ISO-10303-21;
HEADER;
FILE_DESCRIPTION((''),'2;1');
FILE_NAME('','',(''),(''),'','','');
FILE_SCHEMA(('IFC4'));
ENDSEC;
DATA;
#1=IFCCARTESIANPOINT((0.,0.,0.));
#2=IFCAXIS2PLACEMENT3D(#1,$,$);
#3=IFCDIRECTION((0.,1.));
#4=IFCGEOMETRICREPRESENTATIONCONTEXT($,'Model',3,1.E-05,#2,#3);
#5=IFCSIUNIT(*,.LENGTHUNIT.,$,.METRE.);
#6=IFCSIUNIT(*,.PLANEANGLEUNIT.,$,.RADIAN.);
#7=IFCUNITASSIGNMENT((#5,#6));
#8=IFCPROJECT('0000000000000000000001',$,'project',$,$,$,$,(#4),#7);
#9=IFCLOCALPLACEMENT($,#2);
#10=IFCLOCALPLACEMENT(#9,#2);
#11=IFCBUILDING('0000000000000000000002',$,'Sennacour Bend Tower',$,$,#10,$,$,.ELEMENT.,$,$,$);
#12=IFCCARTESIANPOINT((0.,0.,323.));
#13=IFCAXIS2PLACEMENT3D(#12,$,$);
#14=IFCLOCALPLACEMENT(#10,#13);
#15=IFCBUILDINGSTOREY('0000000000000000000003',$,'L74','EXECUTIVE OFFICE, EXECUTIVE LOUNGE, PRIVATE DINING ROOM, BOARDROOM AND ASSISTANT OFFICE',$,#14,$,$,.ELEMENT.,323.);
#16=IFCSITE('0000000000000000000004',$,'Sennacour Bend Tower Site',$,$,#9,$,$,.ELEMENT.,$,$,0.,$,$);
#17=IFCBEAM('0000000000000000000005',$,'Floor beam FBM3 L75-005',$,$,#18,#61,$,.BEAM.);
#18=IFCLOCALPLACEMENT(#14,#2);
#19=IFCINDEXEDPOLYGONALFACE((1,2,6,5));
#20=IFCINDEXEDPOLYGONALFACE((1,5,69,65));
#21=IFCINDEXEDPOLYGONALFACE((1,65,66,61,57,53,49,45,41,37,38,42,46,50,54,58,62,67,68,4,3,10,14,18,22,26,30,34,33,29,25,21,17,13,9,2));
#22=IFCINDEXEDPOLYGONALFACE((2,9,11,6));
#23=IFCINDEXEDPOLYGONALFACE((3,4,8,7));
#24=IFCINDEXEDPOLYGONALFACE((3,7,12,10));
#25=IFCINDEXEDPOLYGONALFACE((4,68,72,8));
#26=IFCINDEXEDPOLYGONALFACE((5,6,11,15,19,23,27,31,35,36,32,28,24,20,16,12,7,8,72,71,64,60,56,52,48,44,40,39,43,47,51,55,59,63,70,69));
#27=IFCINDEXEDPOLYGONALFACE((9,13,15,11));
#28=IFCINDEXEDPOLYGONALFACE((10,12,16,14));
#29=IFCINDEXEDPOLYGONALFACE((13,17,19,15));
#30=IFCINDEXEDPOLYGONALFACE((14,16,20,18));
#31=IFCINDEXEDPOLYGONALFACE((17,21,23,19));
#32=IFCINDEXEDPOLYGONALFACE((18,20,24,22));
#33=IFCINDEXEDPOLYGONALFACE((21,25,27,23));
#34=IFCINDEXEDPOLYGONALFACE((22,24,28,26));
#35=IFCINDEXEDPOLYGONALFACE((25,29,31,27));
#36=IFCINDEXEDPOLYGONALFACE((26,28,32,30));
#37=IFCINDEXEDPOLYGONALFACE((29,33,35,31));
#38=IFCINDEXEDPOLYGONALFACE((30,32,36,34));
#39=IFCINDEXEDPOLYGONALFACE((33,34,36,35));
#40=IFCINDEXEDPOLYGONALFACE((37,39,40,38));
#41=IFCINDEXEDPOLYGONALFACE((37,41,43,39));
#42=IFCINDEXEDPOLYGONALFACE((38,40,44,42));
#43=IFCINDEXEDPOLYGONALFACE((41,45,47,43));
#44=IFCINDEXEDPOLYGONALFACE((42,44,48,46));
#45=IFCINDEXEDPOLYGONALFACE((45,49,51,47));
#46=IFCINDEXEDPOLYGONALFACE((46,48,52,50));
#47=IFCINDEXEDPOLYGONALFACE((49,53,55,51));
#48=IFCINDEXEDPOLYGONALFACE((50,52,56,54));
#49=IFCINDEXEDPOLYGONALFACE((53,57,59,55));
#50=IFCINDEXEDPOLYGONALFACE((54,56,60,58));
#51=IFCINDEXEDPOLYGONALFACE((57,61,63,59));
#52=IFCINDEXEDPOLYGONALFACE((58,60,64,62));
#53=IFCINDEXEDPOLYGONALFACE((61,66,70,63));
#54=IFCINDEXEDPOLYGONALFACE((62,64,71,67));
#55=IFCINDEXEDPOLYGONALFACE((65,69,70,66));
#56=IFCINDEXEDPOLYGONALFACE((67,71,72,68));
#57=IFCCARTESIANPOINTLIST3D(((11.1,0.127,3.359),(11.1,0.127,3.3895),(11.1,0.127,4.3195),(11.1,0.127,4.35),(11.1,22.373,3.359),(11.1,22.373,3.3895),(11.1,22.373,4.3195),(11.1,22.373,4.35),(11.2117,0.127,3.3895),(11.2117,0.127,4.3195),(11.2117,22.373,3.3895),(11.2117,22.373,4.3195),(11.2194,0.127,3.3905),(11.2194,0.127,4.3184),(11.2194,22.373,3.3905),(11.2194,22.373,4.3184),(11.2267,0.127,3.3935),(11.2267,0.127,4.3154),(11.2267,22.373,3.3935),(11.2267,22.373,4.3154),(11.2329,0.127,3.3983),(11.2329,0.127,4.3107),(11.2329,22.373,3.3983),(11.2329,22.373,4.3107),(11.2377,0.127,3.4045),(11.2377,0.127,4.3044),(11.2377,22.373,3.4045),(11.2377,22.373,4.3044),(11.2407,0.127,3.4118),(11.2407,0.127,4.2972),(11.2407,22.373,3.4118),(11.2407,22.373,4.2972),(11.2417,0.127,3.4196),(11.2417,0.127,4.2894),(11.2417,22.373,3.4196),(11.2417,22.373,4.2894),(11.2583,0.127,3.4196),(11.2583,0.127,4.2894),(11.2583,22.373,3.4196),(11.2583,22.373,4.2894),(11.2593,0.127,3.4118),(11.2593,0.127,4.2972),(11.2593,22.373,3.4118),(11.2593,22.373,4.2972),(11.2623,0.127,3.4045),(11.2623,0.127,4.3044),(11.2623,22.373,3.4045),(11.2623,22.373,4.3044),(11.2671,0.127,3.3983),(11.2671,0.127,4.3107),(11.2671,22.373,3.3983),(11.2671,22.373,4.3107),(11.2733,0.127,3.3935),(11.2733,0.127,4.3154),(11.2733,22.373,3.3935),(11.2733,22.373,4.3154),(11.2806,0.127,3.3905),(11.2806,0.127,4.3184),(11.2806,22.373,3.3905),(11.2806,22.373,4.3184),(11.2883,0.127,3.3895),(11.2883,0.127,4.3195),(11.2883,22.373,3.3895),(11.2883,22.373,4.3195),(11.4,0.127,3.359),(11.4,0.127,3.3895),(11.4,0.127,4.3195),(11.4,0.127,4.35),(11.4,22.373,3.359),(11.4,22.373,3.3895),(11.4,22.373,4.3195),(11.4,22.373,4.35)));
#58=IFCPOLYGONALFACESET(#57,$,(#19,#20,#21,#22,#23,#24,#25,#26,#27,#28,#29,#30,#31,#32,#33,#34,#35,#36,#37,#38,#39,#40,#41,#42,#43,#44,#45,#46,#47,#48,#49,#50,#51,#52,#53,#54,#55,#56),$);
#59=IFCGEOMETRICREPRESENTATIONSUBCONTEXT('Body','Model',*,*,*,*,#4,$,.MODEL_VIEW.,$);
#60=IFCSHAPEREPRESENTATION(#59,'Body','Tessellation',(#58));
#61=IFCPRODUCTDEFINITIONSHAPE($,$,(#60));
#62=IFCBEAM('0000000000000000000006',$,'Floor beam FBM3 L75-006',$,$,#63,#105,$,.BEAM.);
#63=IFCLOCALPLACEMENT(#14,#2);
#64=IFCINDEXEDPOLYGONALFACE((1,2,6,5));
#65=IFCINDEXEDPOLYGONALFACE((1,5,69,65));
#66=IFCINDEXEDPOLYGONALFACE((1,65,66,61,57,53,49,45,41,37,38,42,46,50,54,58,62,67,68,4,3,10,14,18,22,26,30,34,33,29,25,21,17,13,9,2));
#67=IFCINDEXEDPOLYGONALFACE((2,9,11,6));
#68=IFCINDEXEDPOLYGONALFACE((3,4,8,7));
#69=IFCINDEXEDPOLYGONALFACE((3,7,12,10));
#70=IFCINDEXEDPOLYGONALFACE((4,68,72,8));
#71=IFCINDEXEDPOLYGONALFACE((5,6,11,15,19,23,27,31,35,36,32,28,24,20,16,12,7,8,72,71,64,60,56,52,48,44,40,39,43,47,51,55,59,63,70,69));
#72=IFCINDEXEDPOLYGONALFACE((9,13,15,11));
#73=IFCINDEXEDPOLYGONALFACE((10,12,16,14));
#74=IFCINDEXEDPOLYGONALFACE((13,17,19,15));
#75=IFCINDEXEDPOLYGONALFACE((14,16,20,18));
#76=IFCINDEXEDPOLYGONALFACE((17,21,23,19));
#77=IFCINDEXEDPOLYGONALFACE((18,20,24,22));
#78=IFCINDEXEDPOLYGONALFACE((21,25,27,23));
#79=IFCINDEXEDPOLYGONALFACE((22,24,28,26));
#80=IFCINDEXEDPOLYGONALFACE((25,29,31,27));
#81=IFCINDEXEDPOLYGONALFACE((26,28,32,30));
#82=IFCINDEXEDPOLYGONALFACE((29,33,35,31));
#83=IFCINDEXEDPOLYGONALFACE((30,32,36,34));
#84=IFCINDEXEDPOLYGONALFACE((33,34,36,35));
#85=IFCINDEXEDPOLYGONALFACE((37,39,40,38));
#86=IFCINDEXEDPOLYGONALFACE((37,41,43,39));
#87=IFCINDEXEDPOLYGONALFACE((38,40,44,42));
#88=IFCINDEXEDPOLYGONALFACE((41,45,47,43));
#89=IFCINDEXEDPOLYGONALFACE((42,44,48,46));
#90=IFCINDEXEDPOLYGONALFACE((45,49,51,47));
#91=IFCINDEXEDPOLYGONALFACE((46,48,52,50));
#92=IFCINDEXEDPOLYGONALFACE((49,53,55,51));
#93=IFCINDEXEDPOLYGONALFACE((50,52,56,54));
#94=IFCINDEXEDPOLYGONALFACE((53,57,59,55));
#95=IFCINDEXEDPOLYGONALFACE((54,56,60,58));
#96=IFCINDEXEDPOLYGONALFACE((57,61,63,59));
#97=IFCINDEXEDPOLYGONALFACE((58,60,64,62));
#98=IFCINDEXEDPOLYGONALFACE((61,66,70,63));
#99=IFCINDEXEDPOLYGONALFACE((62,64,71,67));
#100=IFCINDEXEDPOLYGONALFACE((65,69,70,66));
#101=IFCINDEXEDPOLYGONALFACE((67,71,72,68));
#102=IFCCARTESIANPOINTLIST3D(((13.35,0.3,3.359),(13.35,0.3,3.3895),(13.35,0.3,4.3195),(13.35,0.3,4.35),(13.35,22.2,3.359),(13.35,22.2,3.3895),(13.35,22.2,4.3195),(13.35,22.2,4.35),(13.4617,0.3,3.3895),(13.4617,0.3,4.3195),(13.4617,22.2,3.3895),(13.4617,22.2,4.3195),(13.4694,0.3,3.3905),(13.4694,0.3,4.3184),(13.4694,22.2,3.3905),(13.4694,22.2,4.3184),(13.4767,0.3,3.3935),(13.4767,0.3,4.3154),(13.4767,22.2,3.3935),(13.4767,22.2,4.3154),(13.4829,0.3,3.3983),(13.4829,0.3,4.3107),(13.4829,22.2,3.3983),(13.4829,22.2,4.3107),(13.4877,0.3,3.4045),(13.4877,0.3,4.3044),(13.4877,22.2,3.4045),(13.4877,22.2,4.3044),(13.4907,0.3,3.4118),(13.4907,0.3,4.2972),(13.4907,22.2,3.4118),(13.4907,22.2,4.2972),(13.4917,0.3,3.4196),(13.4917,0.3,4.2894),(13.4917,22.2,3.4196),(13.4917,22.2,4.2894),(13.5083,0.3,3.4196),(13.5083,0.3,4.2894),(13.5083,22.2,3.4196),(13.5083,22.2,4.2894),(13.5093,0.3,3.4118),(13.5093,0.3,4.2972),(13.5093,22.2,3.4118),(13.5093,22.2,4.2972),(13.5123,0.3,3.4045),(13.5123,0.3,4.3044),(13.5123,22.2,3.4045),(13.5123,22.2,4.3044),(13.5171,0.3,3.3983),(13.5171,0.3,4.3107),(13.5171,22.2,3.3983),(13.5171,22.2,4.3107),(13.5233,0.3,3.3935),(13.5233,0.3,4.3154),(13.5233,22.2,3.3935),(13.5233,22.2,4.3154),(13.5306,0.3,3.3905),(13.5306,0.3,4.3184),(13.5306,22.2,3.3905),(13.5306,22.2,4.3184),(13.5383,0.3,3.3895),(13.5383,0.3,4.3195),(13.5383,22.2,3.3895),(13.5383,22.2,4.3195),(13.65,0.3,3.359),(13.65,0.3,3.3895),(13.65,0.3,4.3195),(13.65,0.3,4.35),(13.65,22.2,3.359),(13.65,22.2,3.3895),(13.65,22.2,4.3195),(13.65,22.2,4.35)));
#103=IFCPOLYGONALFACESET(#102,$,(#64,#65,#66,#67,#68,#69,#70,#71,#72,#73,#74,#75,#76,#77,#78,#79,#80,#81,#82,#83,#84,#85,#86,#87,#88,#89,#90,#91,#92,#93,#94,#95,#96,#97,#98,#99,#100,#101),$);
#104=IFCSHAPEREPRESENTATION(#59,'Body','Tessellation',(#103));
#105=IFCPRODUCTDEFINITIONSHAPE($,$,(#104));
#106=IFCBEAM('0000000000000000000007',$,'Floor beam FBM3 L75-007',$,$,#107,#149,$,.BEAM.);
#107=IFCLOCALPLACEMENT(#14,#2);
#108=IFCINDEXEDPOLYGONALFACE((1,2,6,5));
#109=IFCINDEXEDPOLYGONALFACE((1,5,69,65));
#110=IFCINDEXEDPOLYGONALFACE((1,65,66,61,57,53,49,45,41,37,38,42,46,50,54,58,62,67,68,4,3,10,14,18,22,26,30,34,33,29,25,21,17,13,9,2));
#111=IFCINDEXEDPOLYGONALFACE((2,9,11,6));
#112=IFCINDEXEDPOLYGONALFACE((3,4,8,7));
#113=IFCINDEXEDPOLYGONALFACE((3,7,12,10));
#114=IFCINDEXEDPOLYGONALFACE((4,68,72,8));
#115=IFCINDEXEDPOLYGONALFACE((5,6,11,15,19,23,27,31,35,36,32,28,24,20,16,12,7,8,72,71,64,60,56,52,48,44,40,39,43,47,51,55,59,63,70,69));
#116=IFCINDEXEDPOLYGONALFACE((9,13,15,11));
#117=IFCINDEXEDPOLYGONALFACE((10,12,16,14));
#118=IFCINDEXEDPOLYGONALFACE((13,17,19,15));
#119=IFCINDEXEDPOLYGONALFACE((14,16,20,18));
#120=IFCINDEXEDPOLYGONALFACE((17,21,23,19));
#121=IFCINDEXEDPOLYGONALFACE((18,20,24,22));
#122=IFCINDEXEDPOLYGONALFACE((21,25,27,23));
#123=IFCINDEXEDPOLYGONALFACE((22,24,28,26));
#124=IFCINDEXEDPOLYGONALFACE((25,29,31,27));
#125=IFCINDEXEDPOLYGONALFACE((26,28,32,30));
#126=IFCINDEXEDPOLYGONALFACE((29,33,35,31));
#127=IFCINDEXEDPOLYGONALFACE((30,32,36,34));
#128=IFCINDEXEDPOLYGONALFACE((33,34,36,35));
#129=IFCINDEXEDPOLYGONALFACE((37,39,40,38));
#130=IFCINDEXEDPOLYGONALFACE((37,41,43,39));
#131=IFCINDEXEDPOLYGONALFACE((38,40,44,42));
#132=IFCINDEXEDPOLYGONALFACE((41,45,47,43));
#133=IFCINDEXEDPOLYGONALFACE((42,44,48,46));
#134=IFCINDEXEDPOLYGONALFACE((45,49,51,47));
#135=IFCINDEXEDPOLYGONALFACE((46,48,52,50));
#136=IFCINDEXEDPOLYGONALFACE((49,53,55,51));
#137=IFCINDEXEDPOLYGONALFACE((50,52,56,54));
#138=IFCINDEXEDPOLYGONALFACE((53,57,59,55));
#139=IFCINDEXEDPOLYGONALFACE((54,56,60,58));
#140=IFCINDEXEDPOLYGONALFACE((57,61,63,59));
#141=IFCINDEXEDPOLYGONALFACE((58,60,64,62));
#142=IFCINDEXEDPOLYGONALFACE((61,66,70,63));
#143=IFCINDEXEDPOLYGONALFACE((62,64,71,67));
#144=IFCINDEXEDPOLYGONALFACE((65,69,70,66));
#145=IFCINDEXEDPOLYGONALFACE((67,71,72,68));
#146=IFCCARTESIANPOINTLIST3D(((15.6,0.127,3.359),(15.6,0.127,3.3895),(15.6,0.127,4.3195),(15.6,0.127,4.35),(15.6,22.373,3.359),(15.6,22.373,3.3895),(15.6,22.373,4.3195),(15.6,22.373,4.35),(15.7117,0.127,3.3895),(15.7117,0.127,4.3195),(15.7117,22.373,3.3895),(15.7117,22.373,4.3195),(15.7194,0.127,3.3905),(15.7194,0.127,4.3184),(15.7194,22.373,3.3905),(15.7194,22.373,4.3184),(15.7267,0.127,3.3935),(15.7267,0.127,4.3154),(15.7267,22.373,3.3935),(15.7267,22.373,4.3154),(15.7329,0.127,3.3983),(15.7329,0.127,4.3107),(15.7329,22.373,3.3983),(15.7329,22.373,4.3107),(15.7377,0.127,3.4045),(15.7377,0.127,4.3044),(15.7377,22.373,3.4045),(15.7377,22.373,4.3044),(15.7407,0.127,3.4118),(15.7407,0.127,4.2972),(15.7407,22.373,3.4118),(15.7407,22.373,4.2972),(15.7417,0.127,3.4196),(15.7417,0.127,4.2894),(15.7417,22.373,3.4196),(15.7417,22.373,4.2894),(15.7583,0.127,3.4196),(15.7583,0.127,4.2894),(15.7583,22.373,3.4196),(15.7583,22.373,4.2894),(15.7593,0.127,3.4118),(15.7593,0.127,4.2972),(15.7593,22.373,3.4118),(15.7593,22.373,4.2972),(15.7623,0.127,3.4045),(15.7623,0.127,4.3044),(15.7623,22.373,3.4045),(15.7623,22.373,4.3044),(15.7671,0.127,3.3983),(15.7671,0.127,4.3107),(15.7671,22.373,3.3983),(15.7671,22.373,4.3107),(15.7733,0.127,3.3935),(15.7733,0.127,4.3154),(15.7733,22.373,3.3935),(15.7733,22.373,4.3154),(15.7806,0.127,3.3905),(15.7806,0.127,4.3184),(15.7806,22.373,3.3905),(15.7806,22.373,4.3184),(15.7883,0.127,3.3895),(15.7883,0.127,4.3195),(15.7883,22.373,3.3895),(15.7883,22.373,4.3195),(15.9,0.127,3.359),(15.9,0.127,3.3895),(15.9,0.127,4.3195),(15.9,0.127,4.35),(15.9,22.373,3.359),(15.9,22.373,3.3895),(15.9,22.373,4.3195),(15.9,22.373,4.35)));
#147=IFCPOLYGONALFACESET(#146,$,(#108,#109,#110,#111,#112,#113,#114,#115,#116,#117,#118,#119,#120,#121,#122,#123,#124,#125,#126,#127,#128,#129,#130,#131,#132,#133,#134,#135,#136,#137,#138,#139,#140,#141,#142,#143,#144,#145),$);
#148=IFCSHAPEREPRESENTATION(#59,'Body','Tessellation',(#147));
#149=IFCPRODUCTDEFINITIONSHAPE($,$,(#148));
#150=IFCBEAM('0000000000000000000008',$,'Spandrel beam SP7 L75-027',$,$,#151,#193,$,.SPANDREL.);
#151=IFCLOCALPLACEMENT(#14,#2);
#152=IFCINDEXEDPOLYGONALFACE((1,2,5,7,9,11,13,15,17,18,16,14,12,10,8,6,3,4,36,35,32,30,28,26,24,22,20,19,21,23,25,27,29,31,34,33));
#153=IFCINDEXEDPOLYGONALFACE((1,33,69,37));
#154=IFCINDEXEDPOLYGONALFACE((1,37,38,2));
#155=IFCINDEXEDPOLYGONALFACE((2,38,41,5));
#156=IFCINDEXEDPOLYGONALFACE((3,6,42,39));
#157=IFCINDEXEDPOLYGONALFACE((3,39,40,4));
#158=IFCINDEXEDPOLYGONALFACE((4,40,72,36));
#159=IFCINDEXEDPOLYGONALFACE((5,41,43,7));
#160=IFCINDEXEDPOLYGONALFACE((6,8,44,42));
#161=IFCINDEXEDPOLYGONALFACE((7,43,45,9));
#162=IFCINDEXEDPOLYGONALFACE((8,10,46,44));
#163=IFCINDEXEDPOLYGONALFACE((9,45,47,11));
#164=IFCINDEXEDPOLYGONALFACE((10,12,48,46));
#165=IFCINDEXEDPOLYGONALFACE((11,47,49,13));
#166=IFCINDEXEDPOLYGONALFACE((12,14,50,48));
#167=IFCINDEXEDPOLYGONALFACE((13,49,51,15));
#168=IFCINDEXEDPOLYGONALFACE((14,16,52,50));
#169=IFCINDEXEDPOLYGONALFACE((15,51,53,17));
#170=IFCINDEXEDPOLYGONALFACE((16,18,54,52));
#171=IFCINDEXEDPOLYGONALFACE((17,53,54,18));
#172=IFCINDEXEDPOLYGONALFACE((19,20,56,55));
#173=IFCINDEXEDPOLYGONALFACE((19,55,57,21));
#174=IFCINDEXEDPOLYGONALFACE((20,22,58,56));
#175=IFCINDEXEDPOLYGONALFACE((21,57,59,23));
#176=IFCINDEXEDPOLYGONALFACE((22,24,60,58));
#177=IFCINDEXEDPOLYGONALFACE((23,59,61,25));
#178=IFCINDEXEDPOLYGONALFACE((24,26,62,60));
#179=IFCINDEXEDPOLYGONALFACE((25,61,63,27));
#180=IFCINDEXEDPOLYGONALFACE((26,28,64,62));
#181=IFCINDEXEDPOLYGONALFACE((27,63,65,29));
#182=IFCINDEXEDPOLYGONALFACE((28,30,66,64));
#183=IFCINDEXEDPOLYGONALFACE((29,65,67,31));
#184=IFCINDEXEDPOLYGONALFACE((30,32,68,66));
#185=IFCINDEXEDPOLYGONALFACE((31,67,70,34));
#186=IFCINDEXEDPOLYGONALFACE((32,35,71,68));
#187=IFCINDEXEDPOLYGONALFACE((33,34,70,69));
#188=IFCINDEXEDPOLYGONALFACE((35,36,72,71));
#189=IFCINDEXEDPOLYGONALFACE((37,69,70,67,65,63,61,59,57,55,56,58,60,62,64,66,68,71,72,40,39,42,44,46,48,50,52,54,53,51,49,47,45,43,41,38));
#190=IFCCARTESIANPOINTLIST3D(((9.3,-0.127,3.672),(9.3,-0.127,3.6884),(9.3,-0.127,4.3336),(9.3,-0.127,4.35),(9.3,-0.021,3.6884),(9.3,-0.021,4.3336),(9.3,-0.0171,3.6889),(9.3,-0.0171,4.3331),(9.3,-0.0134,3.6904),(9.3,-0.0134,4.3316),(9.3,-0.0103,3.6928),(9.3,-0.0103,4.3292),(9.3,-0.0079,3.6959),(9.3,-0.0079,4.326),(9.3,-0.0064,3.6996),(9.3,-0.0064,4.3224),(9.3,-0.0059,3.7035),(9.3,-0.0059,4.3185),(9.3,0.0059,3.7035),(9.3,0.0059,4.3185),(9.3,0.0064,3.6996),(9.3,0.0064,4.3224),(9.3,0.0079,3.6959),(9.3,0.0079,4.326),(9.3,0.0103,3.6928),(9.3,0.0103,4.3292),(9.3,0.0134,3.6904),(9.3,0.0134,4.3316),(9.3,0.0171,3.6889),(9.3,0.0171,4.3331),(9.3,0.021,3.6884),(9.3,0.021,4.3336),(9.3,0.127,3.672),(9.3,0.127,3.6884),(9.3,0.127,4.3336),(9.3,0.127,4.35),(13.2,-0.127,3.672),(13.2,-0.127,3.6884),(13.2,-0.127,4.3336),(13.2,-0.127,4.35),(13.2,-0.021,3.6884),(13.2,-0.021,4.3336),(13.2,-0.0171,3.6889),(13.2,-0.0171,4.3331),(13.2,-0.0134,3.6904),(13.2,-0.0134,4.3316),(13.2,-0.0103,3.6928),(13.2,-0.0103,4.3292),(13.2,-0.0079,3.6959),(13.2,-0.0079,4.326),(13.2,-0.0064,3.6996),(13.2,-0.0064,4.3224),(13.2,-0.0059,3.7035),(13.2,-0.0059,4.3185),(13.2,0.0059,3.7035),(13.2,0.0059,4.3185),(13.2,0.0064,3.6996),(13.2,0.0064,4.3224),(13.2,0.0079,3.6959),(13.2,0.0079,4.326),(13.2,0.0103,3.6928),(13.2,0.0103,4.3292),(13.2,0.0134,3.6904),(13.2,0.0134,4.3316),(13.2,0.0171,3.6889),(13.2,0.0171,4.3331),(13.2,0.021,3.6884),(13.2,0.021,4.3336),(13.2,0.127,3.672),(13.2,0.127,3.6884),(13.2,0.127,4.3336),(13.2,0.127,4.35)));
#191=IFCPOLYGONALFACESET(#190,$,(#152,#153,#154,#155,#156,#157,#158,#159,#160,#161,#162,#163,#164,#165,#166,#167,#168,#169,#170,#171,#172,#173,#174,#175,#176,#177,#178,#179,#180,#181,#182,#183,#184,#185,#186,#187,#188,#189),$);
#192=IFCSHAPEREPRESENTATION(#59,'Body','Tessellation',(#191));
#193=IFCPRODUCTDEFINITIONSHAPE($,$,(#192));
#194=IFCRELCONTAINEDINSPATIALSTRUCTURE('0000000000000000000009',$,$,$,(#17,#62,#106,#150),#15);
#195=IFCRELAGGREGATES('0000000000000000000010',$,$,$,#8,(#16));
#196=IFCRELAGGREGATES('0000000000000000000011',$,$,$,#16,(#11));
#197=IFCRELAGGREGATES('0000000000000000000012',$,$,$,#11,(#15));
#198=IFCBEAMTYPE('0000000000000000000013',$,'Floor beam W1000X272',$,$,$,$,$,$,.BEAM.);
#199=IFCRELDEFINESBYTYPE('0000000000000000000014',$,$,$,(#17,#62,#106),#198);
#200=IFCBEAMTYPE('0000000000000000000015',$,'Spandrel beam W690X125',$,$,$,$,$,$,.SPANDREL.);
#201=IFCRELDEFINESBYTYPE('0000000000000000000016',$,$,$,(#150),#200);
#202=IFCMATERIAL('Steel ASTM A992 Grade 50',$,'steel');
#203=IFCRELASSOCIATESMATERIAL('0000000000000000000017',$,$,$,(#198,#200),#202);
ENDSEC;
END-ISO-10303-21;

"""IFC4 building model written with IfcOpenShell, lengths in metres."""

from ifc_helpers import new_model, si_unit, direction, frame, origin, origin_2d, place, context, subcontext, project, spatial, i_section, extrude, material, material_profile, profile_set, type_object, element, save


model = new_model("IFC4")

# Units and contexts
model_context = context("Model", 3, precision=1e-05, world=origin(), true_north=direction((0.0, 1.0)))
body_context = subcontext(model_context, "Body", "Model", "MODEL_VIEW")
ifc_project = project(units=[si_unit("LENGTHUNIT", "METRE"), si_unit("PLANEANGLEUNIT", "RADIAN")], contexts=[model_context])

# Site, building, storey
site_placement = place(None, origin())
site = spatial("IfcSite", under=ifc_project, at=site_placement, Name="Sennacour Bend Tower Site", CompositionType="ELEMENT", RefElevation=0.0)
building_placement = place(site_placement, origin())
building = spatial("IfcBuilding", under=site, at=building_placement, Name="Sennacour Bend Tower", CompositionType="ELEMENT")
storey_placement = place(building_placement, frame((0.0, 0.0, 323.0)))
storey = spatial("IfcBuildingStorey", under=building, at=storey_placement, Name="L74", Description="EXECUTIVE OFFICE, EXECUTIVE LOUNGE, PRIVATE DINING ROOM, BOARDROOM AND ASSISTANT OFFICE", CompositionType="ELEMENT", Elevation=323.0)

# Beams
ifc_material_1 = material(Name="Steel ASTM A992 Grade 50", Category="steel")
ifc_material_profile_1 = material_profile(ifc_material_1, i_section(OverallWidth=0.3, OverallDepth=0.991, WebThickness=0.0166, FlangeThickness=0.0305, FilletRadius=0.03, at=origin_2d()), Name="Steel ASTM A992 Grade 50", Category="steel")
ifc_profile_set_1 = profile_set([ifc_material_profile_1], Name="Steel ASTM A992 Grade 50")
beam_type_1 = type_object("IfcBeamType", Name="Floor beam W1000X272", PredefinedType="BEAM", material=ifc_profile_set_1)
beam_1_placement = place(storey_placement, frame((11.25, 0.127, 3.8545), z_axis=(0.0, 1.0, 0.0), x_axis=(-1.0, 0.0, 0.0)))
element("IfcBeam", 1, at=beam_1_placement, inside=storey, type_object=beam_type_1, Name="Floor beam FBM3 L75-005", PredefinedType="BEAM", context=body_context, shape_type="SweptSolid", body=[
    extrude(i_section(OverallWidth=0.3, OverallDepth=0.991, WebThickness=0.0166, FlangeThickness=0.0305, FilletRadius=0.03, at=origin_2d()), origin(), (0.0, 0.0, 1.0), 22.2461),
])
beam_2_placement = place(storey_placement, frame((13.5, 0.3, 3.8545), z_axis=(0.0, 1.0, 0.0), x_axis=(-1.0, 0.0, 0.0)))
element("IfcBeam", 2, at=beam_2_placement, inside=storey, type_object=beam_type_1, Name="Floor beam FBM3 L75-006", PredefinedType="BEAM", context=body_context, shape_type="SweptSolid", body=[
    extrude(i_section(OverallWidth=0.3, OverallDepth=0.991, WebThickness=0.0166, FlangeThickness=0.0305, FilletRadius=0.03, at=origin_2d()), origin(), (0.0, 0.0, 1.0), 21.8999),
])
beam_3_placement = place(storey_placement, frame((15.75, 0.127, 3.8545), z_axis=(0.0, 1.0, 0.0), x_axis=(-1.0, 0.0, 0.0)))
element("IfcBeam", 3, at=beam_3_placement, inside=storey, type_object=beam_type_1, Name="Floor beam FBM3 L75-007", PredefinedType="BEAM", context=body_context, shape_type="SweptSolid", body=[
    extrude(i_section(OverallWidth=0.3, OverallDepth=0.991, WebThickness=0.0166, FlangeThickness=0.0305, FilletRadius=0.03, at=origin_2d()), origin(), (0.0, 0.0, 1.0), 22.2461),
])
ifc_material_profile_2 = material_profile(ifc_material_1, i_section(OverallWidth=0.2539, OverallDepth=0.678, WebThickness=0.0117, FlangeThickness=0.0164, FilletRadius=0.0151, at=origin_2d()), Name="Steel ASTM A992 Grade 50", Category="steel")
ifc_profile_set_2 = profile_set([ifc_material_profile_2], Name="Steel ASTM A992 Grade 50")
beam_type_2 = type_object("IfcBeamType", Name="Spandrel beam W690X125", PredefinedType="SPANDREL", material=ifc_profile_set_2)
for number, where, z_axis, x_axis, name in (
    (4, (13.2, 0.0, 4.011), (-1.0, 0.0, 0.0), (0.0, -1.0, 0.0), "Spandrel beam SP7 L75-027"),
):
    element("IfcBeam", number, at=place(storey_placement, frame(where, z_axis=z_axis, x_axis=x_axis)), inside=storey, type_object=beam_type_2, Name=name, PredefinedType="SPANDREL", context=body_context, shape_type="SweptSolid", body=[
        extrude(i_section(OverallWidth=0.2539, OverallDepth=0.678, WebThickness=0.0117, FlangeThickness=0.0164, FilletRadius=0.0151, at=origin_2d()), origin(), (0.0, 0.0, 1.0), 3.8999),
    ])

save(model, "model.ifc")
